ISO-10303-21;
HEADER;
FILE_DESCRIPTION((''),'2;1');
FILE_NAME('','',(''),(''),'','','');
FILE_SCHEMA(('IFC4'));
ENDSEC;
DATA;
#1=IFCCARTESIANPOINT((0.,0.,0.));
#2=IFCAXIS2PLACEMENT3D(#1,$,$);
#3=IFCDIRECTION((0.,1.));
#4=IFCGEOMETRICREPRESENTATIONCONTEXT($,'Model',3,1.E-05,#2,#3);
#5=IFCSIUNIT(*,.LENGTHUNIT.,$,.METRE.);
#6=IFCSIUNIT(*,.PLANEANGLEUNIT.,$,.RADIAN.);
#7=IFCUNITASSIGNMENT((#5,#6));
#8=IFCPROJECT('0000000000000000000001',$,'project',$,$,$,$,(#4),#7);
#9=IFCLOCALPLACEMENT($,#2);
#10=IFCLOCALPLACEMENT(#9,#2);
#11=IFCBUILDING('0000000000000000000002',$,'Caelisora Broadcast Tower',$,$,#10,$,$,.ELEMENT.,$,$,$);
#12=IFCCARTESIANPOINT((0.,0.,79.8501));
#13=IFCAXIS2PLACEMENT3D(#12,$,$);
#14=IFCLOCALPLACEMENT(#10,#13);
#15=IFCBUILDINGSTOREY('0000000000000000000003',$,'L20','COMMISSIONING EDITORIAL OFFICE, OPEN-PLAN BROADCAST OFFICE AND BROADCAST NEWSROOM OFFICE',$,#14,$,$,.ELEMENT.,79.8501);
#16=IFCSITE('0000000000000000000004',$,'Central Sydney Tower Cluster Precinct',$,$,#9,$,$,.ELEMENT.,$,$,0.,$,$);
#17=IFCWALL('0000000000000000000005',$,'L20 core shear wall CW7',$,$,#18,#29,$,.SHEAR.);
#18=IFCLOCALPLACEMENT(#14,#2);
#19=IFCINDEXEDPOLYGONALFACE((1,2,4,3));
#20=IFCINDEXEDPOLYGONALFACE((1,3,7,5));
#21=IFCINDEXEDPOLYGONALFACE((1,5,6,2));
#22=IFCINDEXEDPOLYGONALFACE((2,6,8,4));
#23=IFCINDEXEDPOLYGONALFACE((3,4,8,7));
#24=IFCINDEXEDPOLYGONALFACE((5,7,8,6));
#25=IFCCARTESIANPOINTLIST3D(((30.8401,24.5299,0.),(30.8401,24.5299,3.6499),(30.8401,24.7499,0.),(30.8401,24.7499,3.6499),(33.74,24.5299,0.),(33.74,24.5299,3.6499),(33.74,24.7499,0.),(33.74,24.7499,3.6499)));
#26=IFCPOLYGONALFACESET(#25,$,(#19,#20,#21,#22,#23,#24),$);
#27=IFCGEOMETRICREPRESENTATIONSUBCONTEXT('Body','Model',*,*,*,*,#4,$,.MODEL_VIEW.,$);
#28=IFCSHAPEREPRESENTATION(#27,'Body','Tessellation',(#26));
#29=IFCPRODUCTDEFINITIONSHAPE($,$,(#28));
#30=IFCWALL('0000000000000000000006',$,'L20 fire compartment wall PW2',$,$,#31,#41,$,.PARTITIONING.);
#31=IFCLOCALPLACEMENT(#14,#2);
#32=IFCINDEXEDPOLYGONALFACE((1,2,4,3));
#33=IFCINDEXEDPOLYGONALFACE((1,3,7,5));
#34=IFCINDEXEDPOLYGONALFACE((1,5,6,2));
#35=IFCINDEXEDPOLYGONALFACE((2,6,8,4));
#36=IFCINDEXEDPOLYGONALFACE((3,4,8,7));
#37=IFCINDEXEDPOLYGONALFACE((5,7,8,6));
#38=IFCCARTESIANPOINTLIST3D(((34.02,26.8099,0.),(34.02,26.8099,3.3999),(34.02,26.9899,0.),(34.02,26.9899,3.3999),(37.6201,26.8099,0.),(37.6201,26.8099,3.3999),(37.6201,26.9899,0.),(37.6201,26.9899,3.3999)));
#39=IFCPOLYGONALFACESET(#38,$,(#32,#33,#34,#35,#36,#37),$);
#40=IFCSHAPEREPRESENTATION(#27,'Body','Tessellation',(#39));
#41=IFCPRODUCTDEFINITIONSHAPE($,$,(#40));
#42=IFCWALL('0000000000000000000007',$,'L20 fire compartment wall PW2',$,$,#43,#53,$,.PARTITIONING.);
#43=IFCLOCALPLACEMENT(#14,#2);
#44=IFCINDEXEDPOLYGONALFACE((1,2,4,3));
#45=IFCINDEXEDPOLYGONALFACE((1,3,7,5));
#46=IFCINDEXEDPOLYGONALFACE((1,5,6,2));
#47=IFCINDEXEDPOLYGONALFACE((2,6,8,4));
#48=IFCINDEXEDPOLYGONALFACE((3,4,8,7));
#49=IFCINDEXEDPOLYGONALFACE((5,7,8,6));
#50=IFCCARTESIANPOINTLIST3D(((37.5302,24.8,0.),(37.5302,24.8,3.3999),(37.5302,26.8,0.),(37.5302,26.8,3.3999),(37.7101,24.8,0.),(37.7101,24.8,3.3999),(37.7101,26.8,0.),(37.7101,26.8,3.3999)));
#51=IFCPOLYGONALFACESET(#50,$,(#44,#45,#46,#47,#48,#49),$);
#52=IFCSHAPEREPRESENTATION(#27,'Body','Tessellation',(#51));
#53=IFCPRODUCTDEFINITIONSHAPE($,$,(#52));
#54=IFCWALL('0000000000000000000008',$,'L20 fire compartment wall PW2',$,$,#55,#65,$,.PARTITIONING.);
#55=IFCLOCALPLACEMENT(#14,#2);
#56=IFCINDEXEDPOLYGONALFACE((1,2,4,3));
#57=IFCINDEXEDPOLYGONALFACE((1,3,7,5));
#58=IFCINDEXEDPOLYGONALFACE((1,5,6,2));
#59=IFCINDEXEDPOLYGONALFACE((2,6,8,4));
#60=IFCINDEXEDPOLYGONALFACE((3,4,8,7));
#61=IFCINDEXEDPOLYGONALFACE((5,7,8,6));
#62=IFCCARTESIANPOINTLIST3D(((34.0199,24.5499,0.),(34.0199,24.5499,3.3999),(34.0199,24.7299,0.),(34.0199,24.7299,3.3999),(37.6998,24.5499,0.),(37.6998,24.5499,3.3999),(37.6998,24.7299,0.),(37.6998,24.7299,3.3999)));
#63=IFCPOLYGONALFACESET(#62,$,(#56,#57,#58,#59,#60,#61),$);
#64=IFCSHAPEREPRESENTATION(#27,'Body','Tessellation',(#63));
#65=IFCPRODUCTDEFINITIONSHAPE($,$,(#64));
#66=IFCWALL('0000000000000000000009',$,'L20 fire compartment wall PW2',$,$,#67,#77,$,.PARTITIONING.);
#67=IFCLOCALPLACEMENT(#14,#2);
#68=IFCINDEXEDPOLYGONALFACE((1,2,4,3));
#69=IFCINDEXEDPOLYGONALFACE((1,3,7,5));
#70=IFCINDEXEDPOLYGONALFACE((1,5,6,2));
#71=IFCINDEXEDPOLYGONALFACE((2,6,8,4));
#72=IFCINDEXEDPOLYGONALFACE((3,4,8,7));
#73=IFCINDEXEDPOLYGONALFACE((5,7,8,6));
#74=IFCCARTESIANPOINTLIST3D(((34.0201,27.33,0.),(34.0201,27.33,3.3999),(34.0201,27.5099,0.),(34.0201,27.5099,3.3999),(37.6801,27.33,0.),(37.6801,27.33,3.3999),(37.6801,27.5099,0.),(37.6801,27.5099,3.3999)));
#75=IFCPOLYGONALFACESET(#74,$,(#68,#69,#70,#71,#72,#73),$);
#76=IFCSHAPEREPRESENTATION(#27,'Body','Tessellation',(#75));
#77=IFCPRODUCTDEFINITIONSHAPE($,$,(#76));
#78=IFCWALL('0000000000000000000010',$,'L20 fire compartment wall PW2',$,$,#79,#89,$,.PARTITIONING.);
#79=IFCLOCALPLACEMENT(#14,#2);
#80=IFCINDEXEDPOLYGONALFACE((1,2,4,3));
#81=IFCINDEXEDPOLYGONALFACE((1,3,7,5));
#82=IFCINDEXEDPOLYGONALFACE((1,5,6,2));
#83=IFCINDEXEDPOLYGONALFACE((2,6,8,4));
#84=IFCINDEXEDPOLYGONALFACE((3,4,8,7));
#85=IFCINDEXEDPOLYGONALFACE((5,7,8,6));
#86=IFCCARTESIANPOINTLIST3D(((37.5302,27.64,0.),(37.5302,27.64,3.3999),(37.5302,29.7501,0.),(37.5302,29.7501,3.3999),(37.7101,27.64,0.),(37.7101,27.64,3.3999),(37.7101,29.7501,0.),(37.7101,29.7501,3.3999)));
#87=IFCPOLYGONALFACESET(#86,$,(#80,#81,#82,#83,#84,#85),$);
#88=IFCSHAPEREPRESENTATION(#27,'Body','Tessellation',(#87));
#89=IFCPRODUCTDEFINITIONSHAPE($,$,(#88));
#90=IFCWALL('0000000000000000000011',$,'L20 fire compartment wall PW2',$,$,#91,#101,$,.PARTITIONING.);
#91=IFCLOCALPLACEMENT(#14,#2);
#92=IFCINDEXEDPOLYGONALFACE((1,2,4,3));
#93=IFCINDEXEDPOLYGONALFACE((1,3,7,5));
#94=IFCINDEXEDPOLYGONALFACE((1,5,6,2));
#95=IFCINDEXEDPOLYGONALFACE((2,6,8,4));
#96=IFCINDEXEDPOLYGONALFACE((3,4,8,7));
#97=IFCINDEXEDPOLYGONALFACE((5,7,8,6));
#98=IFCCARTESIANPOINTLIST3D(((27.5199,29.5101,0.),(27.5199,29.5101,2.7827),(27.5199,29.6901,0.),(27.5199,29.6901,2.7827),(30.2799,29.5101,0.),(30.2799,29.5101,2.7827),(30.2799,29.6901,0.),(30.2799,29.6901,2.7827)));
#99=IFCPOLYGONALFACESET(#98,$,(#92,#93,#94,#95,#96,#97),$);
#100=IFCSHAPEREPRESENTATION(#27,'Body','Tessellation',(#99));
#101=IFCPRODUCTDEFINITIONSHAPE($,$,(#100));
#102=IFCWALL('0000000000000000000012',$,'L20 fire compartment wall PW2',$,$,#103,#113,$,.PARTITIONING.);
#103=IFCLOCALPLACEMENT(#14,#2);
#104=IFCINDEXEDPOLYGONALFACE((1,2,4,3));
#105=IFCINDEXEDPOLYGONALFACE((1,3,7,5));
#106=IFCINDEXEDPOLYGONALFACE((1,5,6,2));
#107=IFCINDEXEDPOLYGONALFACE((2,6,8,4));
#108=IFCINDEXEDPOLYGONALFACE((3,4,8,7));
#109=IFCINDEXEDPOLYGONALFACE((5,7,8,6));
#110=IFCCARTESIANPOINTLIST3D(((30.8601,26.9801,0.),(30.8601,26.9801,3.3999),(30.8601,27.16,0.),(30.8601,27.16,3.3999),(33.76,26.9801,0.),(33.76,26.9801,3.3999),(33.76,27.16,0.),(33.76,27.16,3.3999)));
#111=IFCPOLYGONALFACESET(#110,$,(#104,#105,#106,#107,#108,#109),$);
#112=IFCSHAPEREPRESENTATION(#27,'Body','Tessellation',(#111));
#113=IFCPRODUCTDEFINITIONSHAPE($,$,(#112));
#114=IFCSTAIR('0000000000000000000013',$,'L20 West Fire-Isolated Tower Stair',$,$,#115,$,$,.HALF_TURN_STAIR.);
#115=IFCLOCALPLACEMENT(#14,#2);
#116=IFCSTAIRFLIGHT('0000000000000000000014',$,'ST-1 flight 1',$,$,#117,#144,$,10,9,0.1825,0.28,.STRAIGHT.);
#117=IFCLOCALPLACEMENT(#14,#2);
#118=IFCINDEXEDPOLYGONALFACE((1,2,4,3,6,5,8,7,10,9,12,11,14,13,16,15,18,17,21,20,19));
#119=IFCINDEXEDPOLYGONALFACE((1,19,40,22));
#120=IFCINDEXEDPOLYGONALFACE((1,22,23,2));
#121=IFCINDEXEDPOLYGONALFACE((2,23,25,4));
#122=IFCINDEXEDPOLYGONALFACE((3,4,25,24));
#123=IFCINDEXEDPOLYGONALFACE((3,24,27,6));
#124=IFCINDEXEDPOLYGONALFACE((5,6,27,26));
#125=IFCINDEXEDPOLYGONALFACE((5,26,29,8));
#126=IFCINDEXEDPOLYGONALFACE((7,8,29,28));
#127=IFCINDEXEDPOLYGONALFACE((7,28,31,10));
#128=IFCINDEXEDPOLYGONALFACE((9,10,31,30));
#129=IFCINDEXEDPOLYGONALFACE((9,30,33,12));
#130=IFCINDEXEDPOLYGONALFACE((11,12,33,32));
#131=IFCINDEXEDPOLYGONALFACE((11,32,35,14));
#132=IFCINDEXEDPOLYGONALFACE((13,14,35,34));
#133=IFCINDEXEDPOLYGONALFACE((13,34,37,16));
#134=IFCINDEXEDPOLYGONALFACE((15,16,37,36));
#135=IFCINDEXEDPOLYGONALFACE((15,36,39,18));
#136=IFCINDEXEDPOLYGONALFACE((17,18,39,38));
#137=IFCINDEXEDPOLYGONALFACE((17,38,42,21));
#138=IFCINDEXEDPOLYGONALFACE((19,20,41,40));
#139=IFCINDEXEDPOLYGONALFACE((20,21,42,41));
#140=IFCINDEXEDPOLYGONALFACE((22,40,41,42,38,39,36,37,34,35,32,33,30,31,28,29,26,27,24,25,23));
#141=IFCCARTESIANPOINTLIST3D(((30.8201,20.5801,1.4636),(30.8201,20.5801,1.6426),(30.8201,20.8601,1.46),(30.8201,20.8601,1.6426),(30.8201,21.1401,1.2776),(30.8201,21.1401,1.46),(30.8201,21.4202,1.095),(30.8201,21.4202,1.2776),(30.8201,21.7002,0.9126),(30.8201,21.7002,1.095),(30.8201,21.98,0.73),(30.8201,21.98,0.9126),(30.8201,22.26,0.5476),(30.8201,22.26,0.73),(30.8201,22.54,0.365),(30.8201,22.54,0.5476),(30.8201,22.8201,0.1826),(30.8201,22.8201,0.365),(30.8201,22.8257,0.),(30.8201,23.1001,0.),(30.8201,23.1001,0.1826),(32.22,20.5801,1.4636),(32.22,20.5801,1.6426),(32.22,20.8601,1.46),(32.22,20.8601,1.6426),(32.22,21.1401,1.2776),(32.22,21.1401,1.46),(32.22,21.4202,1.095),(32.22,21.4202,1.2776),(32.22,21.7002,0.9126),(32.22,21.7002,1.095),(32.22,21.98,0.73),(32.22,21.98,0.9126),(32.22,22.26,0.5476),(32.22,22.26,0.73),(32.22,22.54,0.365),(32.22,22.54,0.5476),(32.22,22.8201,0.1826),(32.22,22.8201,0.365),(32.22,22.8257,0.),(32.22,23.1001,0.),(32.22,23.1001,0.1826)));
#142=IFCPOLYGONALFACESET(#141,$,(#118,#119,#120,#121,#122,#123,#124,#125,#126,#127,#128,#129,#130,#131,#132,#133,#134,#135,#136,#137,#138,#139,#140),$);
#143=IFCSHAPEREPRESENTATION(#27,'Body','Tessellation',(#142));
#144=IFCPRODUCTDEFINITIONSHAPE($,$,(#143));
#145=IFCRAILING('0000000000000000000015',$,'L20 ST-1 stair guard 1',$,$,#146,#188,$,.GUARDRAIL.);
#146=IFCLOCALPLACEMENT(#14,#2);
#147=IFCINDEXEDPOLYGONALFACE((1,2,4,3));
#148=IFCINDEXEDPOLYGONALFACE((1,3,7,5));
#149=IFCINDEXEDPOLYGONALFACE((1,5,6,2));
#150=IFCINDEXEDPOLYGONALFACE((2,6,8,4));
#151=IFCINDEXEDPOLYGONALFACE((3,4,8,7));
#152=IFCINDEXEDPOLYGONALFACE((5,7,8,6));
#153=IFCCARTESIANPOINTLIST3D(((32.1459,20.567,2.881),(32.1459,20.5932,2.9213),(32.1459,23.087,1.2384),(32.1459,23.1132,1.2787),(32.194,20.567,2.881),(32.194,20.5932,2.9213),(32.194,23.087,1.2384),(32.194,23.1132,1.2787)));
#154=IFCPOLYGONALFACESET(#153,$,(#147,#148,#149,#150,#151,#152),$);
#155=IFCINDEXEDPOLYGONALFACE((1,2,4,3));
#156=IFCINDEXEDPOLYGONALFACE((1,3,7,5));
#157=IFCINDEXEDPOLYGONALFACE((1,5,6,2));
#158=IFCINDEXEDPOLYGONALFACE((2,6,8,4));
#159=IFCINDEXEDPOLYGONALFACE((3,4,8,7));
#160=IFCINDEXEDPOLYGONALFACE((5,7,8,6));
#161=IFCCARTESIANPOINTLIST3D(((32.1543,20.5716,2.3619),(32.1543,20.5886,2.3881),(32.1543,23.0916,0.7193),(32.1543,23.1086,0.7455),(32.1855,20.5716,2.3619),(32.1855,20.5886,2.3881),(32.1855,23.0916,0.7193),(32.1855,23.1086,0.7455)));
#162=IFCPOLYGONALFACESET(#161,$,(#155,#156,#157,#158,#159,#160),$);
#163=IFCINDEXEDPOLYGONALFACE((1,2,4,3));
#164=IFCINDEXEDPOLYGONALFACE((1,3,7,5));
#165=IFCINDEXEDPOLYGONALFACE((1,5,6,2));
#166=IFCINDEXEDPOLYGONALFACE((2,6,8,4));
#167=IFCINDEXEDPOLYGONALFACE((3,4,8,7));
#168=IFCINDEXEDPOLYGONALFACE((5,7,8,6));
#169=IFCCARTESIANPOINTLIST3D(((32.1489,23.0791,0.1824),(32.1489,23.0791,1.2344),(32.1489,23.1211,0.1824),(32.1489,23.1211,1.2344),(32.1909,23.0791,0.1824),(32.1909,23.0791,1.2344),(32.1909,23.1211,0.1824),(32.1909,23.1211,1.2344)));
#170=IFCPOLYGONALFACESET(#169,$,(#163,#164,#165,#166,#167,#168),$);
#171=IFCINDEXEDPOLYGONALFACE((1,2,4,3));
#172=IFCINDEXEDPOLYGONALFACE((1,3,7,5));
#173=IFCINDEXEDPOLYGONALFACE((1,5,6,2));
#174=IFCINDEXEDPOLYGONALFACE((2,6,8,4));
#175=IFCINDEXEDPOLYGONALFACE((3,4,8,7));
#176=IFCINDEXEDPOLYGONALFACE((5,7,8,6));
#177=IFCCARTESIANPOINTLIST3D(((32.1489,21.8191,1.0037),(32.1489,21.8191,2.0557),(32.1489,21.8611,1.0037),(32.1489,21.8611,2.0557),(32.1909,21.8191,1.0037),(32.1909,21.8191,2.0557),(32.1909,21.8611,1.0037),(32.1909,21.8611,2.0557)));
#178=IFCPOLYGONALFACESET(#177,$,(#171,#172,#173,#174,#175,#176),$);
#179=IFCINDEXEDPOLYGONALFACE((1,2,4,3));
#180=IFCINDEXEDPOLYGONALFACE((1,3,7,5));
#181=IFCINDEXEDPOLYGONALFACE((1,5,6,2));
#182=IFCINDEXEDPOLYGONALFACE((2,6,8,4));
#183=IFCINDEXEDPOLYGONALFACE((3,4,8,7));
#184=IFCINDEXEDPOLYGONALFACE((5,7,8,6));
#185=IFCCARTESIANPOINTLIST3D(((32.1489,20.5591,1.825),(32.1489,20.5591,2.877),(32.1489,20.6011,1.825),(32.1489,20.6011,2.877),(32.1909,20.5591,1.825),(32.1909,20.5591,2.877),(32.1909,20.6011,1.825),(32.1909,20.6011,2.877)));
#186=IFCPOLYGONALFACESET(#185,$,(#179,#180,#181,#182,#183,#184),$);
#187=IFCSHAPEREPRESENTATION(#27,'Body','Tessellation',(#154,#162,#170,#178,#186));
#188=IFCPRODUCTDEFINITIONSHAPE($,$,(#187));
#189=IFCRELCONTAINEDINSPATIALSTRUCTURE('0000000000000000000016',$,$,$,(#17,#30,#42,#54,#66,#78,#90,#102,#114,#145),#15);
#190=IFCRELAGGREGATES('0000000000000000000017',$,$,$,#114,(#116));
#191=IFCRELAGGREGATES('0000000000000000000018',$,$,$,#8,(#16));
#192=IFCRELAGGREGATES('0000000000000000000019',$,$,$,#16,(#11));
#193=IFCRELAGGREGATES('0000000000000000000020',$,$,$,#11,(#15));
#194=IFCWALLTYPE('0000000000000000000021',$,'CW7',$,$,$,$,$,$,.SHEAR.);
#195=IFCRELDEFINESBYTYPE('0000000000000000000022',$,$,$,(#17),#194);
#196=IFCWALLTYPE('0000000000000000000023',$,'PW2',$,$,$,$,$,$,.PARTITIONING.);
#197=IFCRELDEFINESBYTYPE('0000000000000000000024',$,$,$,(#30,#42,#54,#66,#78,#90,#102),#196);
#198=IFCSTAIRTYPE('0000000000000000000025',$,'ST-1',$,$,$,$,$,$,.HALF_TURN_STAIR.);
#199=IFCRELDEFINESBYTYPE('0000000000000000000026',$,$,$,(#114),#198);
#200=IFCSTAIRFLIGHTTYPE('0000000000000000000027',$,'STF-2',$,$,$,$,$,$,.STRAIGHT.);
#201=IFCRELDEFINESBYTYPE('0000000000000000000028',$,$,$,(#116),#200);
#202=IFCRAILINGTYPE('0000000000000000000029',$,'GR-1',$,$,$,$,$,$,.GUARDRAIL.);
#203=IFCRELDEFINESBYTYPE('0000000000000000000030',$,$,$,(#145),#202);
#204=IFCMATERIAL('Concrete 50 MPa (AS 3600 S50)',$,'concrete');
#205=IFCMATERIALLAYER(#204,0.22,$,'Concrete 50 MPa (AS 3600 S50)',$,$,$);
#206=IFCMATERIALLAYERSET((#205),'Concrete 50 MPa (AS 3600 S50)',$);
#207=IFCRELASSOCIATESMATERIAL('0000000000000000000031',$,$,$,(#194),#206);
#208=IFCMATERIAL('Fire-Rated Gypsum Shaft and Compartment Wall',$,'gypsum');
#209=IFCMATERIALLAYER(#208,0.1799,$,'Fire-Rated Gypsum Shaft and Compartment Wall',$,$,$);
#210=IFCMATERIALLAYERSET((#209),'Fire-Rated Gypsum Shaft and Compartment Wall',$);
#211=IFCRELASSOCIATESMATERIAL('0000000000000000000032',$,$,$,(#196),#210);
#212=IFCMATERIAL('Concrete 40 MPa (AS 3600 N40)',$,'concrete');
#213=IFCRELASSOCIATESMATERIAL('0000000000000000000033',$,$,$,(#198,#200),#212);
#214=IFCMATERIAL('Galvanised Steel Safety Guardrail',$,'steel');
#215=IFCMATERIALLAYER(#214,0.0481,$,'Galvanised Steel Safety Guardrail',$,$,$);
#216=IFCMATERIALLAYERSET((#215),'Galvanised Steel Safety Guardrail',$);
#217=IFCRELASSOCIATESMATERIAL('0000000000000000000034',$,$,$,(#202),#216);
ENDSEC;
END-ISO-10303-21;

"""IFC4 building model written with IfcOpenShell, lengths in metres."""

from ifc_helpers import new_model, si_unit, direction, frame, frame_2d, origin, origin_2d, place, context, subcontext, project, spatial, polyline, rectangle, outline, extrude, material, layer, layer_set, type_object, element, aggregate, save


model = new_model("IFC4")

# Units and contexts
model_context = context("Model", 3, precision=1e-05, world=origin(), true_north=direction((0.0, 1.0)))
body_context = subcontext(model_context, "Body", "Model", "MODEL_VIEW")
ifc_project = project(units=[si_unit("LENGTHUNIT", "METRE"), si_unit("PLANEANGLEUNIT", "RADIAN")], contexts=[model_context])

# Site, building, storey
site_placement = place(None, origin())
site = spatial("IfcSite", under=ifc_project, at=site_placement, Name="Central Sydney Tower Cluster Precinct", CompositionType="ELEMENT", RefElevation=0.0)
building_placement = place(site_placement, origin())
building = spatial("IfcBuilding", under=site, at=building_placement, Name="Caelisora Broadcast Tower", CompositionType="ELEMENT")
storey_placement = place(building_placement, frame((0.0, 0.0, 79.8501)))
storey = spatial("IfcBuildingStorey", under=building, at=storey_placement, Name="L20", Description="COMMISSIONING EDITORIAL OFFICE, OPEN-PLAN BROADCAST OFFICE AND BROADCAST NEWSROOM OFFICE", CompositionType="ELEMENT", Elevation=79.8501)

# Shared definitions
ifc_material_1 = material(Name="Concrete 50 MPa (AS 3600 S50)", Category="concrete")

# Walls
ifc_layer_1 = layer(ifc_material_1, 0.22, Name="Concrete 50 MPa (AS 3600 S50)")
ifc_layer_set_1 = layer_set([ifc_layer_1], Name="Concrete 50 MPa (AS 3600 S50)")
wall_type_1 = type_object("IfcWallType", Name="CW7", PredefinedType="SHEAR", material=ifc_layer_set_1)
wall_1_placement = place(storey_placement, frame((30.8401, 24.6399, 0.0), z_axis=(0.0, 0.0, 1.0), x_axis=(1.0, 0.0, 0.0)))
element("IfcWall", 1, at=wall_1_placement, inside=storey, type_object=wall_type_1, Name="L20 core shear wall CW7", PredefinedType="SHEAR", context=body_context, shape_type="SweptSolid", body=[
    extrude(rectangle(XDim=2.8999, YDim=0.22, at=frame_2d((1.45, 0.0))), origin(), (0.0, 0.0, 1.0), 3.6499),
])
ifc_material_2 = material(Name="Fire-Rated Gypsum Shaft and Compartment Wall", Category="gypsum")
ifc_layer_2 = layer(ifc_material_2, 0.1799, Name="Fire-Rated Gypsum Shaft and Compartment Wall")
ifc_layer_set_2 = layer_set([ifc_layer_2], Name="Fire-Rated Gypsum Shaft and Compartment Wall")
wall_type_2 = type_object("IfcWallType", Name="PW2", PredefinedType="PARTITIONING", material=ifc_layer_set_2)
wall_2_placement = place(storey_placement, frame((34.02, 26.8999, 0.0), z_axis=(0.0, 0.0, 1.0), x_axis=(1.0, 0.0, 0.0)))
element("IfcWall", 2, at=wall_2_placement, inside=storey, type_object=wall_type_2, Name="L20 fire compartment wall PW2", PredefinedType="PARTITIONING", context=body_context, shape_type="SweptSolid", body=[
    extrude(rectangle(XDim=3.6001, YDim=0.1799, at=frame_2d((1.8, 0.0))), origin(), (0.0, 0.0, 1.0), 3.3999),
])
wall_3_placement = place(storey_placement, frame((37.6201, 24.8, 0.0), z_axis=(0.0, 0.0, 1.0), x_axis=(0.0, 1.0, 0.0)))
element("IfcWall", 3, at=wall_3_placement, inside=storey, type_object=wall_type_2, Name="L20 fire compartment wall PW2", PredefinedType="PARTITIONING", context=body_context, shape_type="SweptSolid", body=[
    extrude(rectangle(XDim=2.0, YDim=0.1799, at=frame_2d((1.0, 0.0))), origin(), (0.0, 0.0, 1.0), 3.3999),
])
wall_4_placement = place(storey_placement, frame((34.02, 24.6399, 0.0), z_axis=(0.0, 0.0, 1.0), x_axis=(1.0, 0.0, 0.0)))
element("IfcWall", 4, at=wall_4_placement, inside=storey, type_object=wall_type_2, Name="L20 fire compartment wall PW2", PredefinedType="PARTITIONING", context=body_context, shape_type="SweptSolid", body=[
    extrude(rectangle(XDim=3.6799, YDim=0.1799, at=frame_2d((1.8398, 0.0))), origin(), (0.0, 0.0, 1.0), 3.3999),
])
wall_5_placement = place(storey_placement, frame((34.02, 27.4199, 0.0), z_axis=(0.0, 0.0, 1.0), x_axis=(1.0, 0.0, 0.0)))
element("IfcWall", 5, at=wall_5_placement, inside=storey, type_object=wall_type_2, Name="L20 fire compartment wall PW2", PredefinedType="PARTITIONING", context=body_context, shape_type="SweptSolid", body=[
    extrude(rectangle(XDim=3.6599, YDim=0.1799, at=frame_2d((1.8301, 0.0))), origin(), (0.0, 0.0, 1.0), 3.3999),
])
wall_6_placement = place(storey_placement, frame((37.6201, 27.6399, 0.0), z_axis=(0.0, 0.0, 1.0), x_axis=(0.0, 1.0, 0.0)))
element("IfcWall", 6, at=wall_6_placement, inside=storey, type_object=wall_type_2, Name="L20 fire compartment wall PW2", PredefinedType="PARTITIONING", context=body_context, shape_type="SweptSolid", body=[
    extrude(rectangle(XDim=2.1101, YDim=0.1799, at=frame_2d((1.0552, 0.0))), origin(), (0.0, 0.0, 1.0), 3.3999),
])
wall_7_placement = place(storey_placement, frame((27.52, 29.6001, 0.0), z_axis=(0.0, 0.0, 1.0), x_axis=(1.0, 0.0, 0.0)))
element("IfcWall", 7, at=wall_7_placement, inside=storey, type_object=wall_type_2, Name="L20 fire compartment wall PW2", PredefinedType="PARTITIONING", context=body_context, shape_type="SweptSolid", body=[
    extrude(rectangle(XDim=2.76, YDim=0.1799, at=frame_2d((1.3799, 0.0))), origin(), (0.0, 0.0, 1.0), 2.7827),
])
wall_8_placement = place(storey_placement, frame((30.8601, 27.0701, 0.0), z_axis=(0.0, 0.0, 1.0), x_axis=(1.0, 0.0, 0.0)))
element("IfcWall", 8, at=wall_8_placement, inside=storey, type_object=wall_type_2, Name="L20 fire compartment wall PW2", PredefinedType="PARTITIONING", context=body_context, shape_type="SweptSolid", body=[
    extrude(rectangle(XDim=2.8999, YDim=0.1799, at=frame_2d((1.45, 0.0))), origin(), (0.0, 0.0, 1.0), 3.3999),
])

# Stair, stair flight
ifc_material_3 = material(Name="Concrete 40 MPa (AS 3600 N40)", Category="concrete")
stair_type = type_object("IfcStairType", Name="ST-1", PredefinedType="HALF_TURN_STAIR", material=ifc_material_3)
stair_placement = place(storey_placement, origin())
stair = element("IfcStair", 9, at=stair_placement, inside=storey, type_object=stair_type, Name="L20 West Fire-Isolated Tower Stair", PredefinedType="HALF_TURN_STAIR")
stair_flight_type = type_object("IfcStairFlightType", Name="STF-2", PredefinedType="STRAIGHT", material=ifc_material_3)
stair_flight_placement = place(storey_placement, frame((31.52, 23.1001, 0.0), z_axis=(0.0, 0.0, 1.0), x_axis=(0.0, -1.0, 0.0)))
stair_flight = element("IfcStairFlight", 10, at=stair_flight_placement, type_object=stair_flight_type, Name="ST-1 flight 1", NumberOfRisers=10, NumberOfTreads=9, PredefinedType="STRAIGHT", RiserHeight=0.1825, TreadLength=0.28, context=body_context, shape_type="SweptSolid", body=[
    extrude(outline(polyline([(0.0, 0.0), (0.0, 0.1826), (0.28, 0.1826), (0.28, 0.365), (0.5601, 0.365), (0.5601, 0.5476), (0.8401, 0.5476), (0.8401, 0.73), (1.1201, 0.73), (1.1201, 0.9126), (1.3999, 0.9126), (1.3999, 1.095), (1.6799, 1.095), (1.6799, 1.2776), (1.96, 1.2776), (1.96, 1.46), (2.24, 1.46), (2.24, 1.6426), (2.52, 1.6426), (2.52, 1.825), (2.52, 1.4636), (0.2744, 0.0), (0.0, 0.0)])), frame((0.0, 0.7, 0.0), z_axis=(0.0, -1.0, 0.0), x_axis=(1.0, 0.0, 0.0)), (0.0, 0.0, 1.0), 1.3999),
])
aggregate(stair, [stair_flight])

# Railing
ifc_material_4 = material(Name="Galvanised Steel Safety Guardrail", Category="steel")
ifc_layer_3 = layer(ifc_material_4, 0.0481, Name="Galvanised Steel Safety Guardrail")
ifc_layer_set_3 = layer_set([ifc_layer_3], Name="Galvanised Steel Safety Guardrail")
railing_type = type_object("IfcRailingType", Name="GR-1", PredefinedType="GUARDRAIL", material=ifc_layer_set_3)
railing_1_placement = place(storey_placement, frame((32.1699, 23.1001, 0.1824)))
element("IfcRailing", 11, at=railing_1_placement, inside=storey, type_object=railing_type, Name="L20 ST-1 stair guard 1", PredefinedType="GUARDRAIL", context=body_context, shape_type="SweptSolid", body=[
    extrude(rectangle(XDim=0.0481, YDim=0.0481, at=origin_2d()), frame((0.0, 0.0, 1.0762), z_axis=(0.0, -0.837749, 0.546055), x_axis=(1.0, 0.0, 0.0)), (0.0, 0.0, 1.0), 3.0081),
    extrude(rectangle(XDim=0.0312, YDim=0.0312, at=origin_2d()), frame((0.0, 0.0, 0.55), z_axis=(0.0, -0.837749, 0.546055), x_axis=(1.0, 0.0, 0.0)), (0.0, 0.0, 1.0), 3.0081),
    extrude(rectangle(XDim=0.042, YDim=0.042, at=origin_2d()), origin(), (0.0, 0.0, 1.0), 1.052),
    extrude(rectangle(XDim=0.042, YDim=0.042, at=origin_2d()), frame((0.0, -1.26, 0.8213)), (0.0, 0.0, 1.0), 1.052),
    extrude(rectangle(XDim=0.042, YDim=0.042, at=origin_2d()), frame((0.0, -2.52, 1.6426)), (0.0, 0.0, 1.0), 1.052),
])

save(model, "model.ifc")
